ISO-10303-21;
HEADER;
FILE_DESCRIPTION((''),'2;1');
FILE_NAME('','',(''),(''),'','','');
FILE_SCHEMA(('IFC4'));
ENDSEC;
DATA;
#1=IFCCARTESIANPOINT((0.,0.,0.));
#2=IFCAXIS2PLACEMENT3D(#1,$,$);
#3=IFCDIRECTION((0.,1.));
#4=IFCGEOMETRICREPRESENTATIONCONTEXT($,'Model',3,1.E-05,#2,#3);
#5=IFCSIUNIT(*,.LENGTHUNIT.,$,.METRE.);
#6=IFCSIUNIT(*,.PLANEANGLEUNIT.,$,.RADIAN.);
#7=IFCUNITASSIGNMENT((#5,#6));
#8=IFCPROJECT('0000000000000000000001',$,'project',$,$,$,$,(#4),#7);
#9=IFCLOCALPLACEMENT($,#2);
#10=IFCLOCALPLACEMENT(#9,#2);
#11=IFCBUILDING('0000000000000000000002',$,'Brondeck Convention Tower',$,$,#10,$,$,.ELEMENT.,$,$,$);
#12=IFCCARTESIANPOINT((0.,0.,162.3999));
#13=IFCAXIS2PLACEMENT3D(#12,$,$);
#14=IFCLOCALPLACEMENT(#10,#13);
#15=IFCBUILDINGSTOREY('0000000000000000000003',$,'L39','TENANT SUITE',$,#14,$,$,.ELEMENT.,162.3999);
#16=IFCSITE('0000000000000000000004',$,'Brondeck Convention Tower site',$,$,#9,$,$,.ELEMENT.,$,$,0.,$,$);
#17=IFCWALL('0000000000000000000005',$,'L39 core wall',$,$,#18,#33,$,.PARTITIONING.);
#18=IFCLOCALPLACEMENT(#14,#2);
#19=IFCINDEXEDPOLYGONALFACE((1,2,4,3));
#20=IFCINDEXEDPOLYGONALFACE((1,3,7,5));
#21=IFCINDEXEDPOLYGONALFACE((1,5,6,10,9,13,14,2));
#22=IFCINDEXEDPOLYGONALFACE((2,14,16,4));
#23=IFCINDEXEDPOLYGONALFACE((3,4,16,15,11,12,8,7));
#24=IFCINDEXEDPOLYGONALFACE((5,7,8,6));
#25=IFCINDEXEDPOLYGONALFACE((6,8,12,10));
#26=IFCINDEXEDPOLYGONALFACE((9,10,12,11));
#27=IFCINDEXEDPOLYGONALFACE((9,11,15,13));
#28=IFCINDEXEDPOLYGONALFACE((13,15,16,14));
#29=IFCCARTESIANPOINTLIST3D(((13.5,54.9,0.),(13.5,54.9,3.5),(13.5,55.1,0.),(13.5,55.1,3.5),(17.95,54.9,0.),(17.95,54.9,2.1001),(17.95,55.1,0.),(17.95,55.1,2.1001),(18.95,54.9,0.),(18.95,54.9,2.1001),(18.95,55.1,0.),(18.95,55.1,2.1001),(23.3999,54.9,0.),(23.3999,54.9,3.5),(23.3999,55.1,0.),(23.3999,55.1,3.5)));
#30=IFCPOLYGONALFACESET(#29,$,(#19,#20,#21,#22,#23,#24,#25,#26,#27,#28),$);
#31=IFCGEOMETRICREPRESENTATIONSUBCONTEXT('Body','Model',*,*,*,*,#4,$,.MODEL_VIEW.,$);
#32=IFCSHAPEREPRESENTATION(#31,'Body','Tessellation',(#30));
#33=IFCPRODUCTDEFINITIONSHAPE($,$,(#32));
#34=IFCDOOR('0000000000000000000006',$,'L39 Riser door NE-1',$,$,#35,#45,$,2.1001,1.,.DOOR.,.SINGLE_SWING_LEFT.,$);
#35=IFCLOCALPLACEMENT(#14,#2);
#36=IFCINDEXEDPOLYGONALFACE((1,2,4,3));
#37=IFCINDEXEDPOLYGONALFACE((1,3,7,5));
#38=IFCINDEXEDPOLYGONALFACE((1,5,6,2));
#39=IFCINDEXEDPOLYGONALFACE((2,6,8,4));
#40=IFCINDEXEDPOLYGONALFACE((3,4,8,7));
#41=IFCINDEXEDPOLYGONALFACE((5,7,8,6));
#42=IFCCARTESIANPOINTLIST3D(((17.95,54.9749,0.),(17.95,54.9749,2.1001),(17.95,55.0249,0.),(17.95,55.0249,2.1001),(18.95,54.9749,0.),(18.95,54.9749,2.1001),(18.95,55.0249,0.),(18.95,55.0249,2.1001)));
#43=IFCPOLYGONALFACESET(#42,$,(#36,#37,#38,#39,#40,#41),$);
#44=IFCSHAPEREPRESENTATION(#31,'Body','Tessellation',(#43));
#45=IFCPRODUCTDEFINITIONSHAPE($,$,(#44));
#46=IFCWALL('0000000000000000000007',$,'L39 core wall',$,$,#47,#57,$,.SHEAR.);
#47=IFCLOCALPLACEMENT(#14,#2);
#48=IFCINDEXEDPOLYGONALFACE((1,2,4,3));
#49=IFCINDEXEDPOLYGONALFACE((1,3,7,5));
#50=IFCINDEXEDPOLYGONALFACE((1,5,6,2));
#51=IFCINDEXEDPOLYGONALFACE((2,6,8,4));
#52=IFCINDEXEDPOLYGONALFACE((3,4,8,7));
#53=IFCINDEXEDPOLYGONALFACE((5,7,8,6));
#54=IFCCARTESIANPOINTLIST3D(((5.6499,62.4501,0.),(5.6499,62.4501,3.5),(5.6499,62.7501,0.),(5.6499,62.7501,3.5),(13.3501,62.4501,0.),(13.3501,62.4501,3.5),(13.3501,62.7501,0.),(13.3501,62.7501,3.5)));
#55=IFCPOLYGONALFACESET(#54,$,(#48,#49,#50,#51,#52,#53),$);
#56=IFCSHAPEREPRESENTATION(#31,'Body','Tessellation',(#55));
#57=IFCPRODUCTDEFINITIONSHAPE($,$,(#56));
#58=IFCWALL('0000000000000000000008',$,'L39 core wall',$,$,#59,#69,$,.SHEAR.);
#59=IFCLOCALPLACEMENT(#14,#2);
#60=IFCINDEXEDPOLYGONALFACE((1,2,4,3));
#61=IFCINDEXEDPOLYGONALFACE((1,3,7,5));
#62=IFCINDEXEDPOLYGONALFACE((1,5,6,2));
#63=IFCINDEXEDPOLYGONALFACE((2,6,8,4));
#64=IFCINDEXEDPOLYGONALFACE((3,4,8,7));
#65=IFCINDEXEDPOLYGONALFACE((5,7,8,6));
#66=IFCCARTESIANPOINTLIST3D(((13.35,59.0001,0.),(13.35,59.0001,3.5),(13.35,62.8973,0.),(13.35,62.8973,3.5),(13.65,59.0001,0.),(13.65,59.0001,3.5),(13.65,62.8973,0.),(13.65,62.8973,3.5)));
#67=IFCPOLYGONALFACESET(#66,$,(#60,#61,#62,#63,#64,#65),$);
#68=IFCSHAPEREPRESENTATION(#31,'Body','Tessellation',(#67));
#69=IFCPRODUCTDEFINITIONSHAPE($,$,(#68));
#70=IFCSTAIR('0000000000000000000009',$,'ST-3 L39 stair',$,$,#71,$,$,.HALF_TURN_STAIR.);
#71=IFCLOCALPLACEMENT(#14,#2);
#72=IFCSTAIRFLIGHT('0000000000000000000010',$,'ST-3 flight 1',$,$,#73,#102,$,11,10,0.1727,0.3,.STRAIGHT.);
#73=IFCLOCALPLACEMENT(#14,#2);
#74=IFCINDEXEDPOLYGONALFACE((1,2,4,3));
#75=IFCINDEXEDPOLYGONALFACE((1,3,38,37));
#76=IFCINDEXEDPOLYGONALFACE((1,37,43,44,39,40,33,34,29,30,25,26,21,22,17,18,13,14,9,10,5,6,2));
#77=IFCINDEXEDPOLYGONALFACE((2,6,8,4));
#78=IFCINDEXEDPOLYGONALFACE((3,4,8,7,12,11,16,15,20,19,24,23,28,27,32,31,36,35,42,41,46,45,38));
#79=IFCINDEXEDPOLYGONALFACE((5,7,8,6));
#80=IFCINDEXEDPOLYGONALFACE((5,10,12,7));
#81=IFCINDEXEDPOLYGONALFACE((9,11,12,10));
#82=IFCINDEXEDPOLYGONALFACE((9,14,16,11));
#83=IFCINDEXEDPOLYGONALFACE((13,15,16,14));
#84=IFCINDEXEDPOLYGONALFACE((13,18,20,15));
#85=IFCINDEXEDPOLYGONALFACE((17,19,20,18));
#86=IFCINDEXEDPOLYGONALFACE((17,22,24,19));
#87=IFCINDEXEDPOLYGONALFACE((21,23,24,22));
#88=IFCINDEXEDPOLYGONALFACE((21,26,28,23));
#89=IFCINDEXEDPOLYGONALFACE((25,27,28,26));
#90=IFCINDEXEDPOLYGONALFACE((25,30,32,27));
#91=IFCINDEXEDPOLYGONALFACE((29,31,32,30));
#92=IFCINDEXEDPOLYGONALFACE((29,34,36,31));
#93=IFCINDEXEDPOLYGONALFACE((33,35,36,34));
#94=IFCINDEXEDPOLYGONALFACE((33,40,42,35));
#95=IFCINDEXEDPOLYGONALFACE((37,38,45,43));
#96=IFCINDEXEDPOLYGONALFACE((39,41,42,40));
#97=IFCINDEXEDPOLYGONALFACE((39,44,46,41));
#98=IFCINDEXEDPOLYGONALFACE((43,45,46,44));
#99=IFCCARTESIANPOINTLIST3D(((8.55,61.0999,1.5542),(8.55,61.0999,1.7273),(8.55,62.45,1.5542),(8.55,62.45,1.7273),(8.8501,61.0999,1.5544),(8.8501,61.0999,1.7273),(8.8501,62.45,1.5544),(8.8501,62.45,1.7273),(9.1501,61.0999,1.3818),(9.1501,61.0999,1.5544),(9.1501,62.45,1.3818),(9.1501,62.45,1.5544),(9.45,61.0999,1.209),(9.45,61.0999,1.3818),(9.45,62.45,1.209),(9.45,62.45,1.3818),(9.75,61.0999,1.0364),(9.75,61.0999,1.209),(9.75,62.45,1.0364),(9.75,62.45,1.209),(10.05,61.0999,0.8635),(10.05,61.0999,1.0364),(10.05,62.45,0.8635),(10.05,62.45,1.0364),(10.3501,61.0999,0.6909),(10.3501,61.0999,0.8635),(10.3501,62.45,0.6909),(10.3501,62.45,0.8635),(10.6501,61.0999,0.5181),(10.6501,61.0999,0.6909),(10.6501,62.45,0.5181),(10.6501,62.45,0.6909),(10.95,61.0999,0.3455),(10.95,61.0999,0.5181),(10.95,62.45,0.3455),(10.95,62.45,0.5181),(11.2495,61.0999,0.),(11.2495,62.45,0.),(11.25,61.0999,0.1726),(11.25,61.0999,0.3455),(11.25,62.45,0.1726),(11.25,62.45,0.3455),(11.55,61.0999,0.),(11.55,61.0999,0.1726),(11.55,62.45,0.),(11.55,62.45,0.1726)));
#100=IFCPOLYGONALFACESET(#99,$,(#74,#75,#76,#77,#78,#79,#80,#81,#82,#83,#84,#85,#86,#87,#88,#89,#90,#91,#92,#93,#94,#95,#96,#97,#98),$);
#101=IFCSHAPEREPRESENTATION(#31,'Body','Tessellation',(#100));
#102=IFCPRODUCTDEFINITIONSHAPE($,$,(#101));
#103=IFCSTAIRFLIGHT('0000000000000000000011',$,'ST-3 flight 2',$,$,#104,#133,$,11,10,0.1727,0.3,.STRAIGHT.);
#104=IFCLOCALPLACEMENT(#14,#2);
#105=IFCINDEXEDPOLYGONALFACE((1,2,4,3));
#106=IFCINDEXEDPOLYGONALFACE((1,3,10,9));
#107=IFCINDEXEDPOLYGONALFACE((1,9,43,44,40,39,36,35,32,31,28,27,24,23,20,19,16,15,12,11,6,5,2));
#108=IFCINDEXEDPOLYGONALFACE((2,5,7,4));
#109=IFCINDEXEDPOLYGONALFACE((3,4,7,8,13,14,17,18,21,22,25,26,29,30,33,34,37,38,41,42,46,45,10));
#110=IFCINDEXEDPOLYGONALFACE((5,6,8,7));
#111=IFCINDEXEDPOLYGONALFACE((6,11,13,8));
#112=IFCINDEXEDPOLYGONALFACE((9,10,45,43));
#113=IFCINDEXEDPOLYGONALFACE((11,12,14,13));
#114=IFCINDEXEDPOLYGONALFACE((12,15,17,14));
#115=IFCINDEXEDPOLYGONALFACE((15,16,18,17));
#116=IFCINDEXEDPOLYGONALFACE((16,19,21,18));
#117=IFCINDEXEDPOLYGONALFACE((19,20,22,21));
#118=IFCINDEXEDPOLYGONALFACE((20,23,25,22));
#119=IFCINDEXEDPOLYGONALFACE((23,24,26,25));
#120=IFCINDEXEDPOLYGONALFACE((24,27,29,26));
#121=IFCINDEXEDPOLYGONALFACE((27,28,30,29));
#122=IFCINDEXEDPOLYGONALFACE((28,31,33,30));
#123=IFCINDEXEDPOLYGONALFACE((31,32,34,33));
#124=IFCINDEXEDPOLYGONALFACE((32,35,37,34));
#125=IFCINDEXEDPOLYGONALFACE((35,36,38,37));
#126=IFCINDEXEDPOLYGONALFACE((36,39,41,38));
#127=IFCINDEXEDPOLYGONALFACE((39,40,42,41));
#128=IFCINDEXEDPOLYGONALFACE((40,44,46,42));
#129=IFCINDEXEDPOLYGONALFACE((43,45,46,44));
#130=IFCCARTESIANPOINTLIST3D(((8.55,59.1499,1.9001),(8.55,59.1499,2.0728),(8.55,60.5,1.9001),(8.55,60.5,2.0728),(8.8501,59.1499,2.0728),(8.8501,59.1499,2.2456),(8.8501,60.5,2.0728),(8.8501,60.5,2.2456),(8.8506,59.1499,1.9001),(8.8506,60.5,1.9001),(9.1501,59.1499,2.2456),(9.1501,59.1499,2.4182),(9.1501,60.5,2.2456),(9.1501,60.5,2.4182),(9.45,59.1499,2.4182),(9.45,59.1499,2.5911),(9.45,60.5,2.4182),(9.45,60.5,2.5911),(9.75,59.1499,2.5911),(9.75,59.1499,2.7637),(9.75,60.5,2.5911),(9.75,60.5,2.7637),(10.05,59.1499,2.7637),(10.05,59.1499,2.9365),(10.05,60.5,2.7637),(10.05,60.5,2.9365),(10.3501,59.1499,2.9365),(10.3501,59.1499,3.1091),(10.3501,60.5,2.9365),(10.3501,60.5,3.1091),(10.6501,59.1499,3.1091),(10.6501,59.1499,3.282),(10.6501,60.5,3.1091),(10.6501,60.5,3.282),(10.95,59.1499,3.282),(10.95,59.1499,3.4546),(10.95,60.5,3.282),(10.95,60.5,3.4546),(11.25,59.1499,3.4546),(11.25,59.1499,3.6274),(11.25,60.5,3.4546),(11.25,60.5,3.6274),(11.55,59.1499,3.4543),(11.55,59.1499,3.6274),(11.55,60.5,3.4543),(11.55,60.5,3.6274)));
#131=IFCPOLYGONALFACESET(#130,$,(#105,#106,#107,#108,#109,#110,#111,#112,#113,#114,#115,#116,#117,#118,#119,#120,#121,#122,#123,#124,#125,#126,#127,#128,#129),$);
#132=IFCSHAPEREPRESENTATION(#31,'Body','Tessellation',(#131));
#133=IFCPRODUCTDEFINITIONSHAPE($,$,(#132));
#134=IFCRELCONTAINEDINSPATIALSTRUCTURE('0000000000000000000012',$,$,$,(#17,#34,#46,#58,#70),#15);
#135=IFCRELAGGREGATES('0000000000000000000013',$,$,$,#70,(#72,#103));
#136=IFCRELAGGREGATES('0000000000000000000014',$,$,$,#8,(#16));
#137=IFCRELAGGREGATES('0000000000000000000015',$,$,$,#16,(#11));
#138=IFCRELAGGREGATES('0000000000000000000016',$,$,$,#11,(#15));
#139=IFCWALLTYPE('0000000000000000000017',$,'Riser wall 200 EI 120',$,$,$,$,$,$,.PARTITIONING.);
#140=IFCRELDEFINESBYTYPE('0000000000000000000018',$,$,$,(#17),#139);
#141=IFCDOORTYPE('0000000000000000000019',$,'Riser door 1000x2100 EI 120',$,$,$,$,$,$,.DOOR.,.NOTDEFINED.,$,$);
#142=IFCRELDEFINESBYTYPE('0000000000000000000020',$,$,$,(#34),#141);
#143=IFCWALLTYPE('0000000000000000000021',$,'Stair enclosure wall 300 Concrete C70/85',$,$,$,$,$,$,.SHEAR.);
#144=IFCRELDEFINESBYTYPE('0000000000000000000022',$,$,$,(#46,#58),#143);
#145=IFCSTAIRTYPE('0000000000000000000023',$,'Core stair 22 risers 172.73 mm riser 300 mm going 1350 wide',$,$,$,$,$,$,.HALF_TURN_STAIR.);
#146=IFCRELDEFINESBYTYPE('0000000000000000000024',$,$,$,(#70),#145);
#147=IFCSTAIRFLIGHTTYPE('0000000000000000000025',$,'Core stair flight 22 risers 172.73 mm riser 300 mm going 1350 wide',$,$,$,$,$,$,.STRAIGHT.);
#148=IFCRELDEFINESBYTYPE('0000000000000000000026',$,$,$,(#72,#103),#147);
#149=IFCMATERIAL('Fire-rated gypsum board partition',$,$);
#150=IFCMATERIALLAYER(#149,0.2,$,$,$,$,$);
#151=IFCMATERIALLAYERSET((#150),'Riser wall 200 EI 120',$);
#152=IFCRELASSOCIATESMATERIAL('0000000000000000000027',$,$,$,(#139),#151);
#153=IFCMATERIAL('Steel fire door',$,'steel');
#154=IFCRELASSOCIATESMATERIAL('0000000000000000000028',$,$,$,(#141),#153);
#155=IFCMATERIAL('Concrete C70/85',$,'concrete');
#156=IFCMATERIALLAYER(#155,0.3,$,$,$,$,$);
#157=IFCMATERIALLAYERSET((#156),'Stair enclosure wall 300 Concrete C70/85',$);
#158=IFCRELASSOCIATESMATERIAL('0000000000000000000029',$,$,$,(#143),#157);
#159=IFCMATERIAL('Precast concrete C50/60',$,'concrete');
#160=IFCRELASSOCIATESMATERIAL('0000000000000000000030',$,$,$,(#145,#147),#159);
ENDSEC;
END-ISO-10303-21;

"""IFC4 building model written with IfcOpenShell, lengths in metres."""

from ifc_helpers import new_model, si_unit, direction, frame, frame_2d, origin, place, context, subcontext, project, spatial, polyline, rectangle, outline, extrude, material, layer, layer_set, type_object, element, fill, aggregate, save


model = new_model("IFC4")

# Units and contexts
model_context = context("Model", 3, precision=1e-05, world=origin(), true_north=direction((0.0, 1.0)))
body_context = subcontext(model_context, "Body", "Model", "MODEL_VIEW")
ifc_project = project(units=[si_unit("LENGTHUNIT", "METRE"), si_unit("PLANEANGLEUNIT", "RADIAN")], contexts=[model_context])

# Site, building, storey
site_placement = place(None, origin())
site = spatial("IfcSite", under=ifc_project, at=site_placement, Name="Brondeck Convention Tower site", CompositionType="ELEMENT", RefElevation=0.0)
building_placement = place(site_placement, origin())
building = spatial("IfcBuilding", under=site, at=building_placement, Name="Brondeck Convention Tower", CompositionType="ELEMENT")
storey_placement = place(building_placement, frame((0.0, 0.0, 162.3999)))
storey = spatial("IfcBuildingStorey", under=building, at=storey_placement, Name="L39", Description="TENANT SUITE", CompositionType="ELEMENT", Elevation=162.3999)

# Shared definitions
ifc_material_1 = material(Name="Concrete C70/85", Category="concrete")

# Shared definitions
ifc_material_2 = material(Name="Fire-rated gypsum board partition")

# Shared definitions
ifc_material_3 = material(Name="Steel fire door", Category="steel")

# Wall, opening, door
ifc_layer_1 = layer(ifc_material_2, 0.2)
ifc_layer_set_1 = layer_set([ifc_layer_1], Name="Riser wall 200 EI 120")
wall_type_1 = type_object("IfcWallType", Name="Riser wall 200 EI 120", PredefinedType="PARTITIONING", material=ifc_layer_set_1)
wall_1_placement = place(storey_placement, frame((13.5, 55.0, 0.0), z_axis=(0.0, 0.0, 1.0), x_axis=(1.0, 0.0, 0.0)))
wall_1 = element("IfcWall", 1, at=wall_1_placement, inside=storey, type_object=wall_type_1, Name="L39 core wall", PredefinedType="PARTITIONING", context=body_context, shape_type="SweptSolid", body=[
    extrude(rectangle(XDim=9.8999, YDim=0.2, at=frame_2d((4.95, 0.0))), origin(), (0.0, 0.0, 1.0), 3.5),
])
opening_1_placement = place(wall_1_placement, frame((4.45, 0.0, 0.0)))
opening_1 = element("IfcOpeningElement", 2, at=opening_1_placement, cuts=wall_1, PredefinedType="OPENING", context=body_context, shape_type="SweptSolid", body=[
    extrude(rectangle(XDim=1.0, YDim=2.1001, at=frame_2d((0.5, 1.05))), frame((0.0, 0.1099, 0.0), z_axis=(0.0, -1.0, 0.0), x_axis=(1.0, 0.0, 0.0)), (0.0, 0.0, 1.0), 0.22),
])
door_type_1 = type_object("IfcDoorType", Name="Riser door 1000x2100 EI 120", OperationType="NOTDEFINED", PredefinedType="DOOR", material=ifc_material_3)
door_1_placement = place(opening_1_placement, origin())
door_1 = element("IfcDoor", 3, at=door_1_placement, inside=storey, type_object=door_type_1, Name="L39 Riser door NE-1", OperationType="SINGLE_SWING_LEFT", OverallHeight=2.1001, OverallWidth=1.0, PredefinedType="DOOR", context=body_context, shape_type="SweptSolid", body=[
    extrude(rectangle(XDim=1.0, YDim=2.1001, at=frame_2d((0.5, 1.05))), frame((0.0, 0.0249, 0.0), z_axis=(0.0, -1.0, 0.0), x_axis=(1.0, 0.0, 0.0)), (0.0, 0.0, 1.0), 0.05),
])
fill(opening_1, door_1)

# Walls
ifc_layer_2 = layer(ifc_material_1, 0.3)
ifc_layer_set_2 = layer_set([ifc_layer_2], Name="Stair enclosure wall 300 Concrete C70/85")
wall_type_2 = type_object("IfcWallType", Name="Stair enclosure wall 300 Concrete C70/85", PredefinedType="SHEAR", material=ifc_layer_set_2)
wall_2_placement = place(storey_placement, frame((5.6499, 62.6001, 0.0), z_axis=(0.0, 0.0, 1.0), x_axis=(1.0, 0.0, 0.0)))
element("IfcWall", 4, at=wall_2_placement, inside=storey, type_object=wall_type_2, Name="L39 core wall", PredefinedType="SHEAR", context=body_context, shape_type="SweptSolid", body=[
    extrude(rectangle(XDim=7.7002, YDim=0.3, at=frame_2d((3.8501, 0.0))), origin(), (0.0, 0.0, 1.0), 3.5),
])
wall_3_placement = place(storey_placement, frame((13.5, 59.0, 0.0), z_axis=(0.0, 0.0, 1.0), x_axis=(0.0, 1.0, 0.0)))
element("IfcWall", 5, at=wall_3_placement, inside=storey, type_object=wall_type_2, Name="L39 core wall", PredefinedType="SHEAR", context=body_context, shape_type="SweptSolid", body=[
    extrude(rectangle(XDim=3.8972, YDim=0.3, at=frame_2d((1.9487, 0.0))), origin(), (0.0, 0.0, 1.0), 3.5),
])

# Stair, stair flights
ifc_material_4 = material(Name="Precast concrete C50/60", Category="concrete")
stair_type = type_object("IfcStairType", Name="Core stair 22 risers 172.73 mm riser 300 mm going 1350 wide", PredefinedType="HALF_TURN_STAIR", material=ifc_material_4)
stair_placement = place(storey_placement, origin())
stair = element("IfcStair", 6, at=stair_placement, inside=storey, type_object=stair_type, Name="ST-3 L39 stair", PredefinedType="HALF_TURN_STAIR")
stair_flight_type = type_object("IfcStairFlightType", Name="Core stair flight 22 risers 172.73 mm riser 300 mm going 1350 wide", PredefinedType="STRAIGHT", material=ifc_material_4)
stair_flight_1_placement = place(storey_placement, frame((11.55, 61.7749, 0.0), z_axis=(0.0, 0.0, 1.0), x_axis=(-1.0, 0.0, 0.0)))
stair_flight_1 = element("IfcStairFlight", 7, at=stair_flight_1_placement, type_object=stair_flight_type, Name="ST-3 flight 1", NumberOfRisers=11, NumberOfTreads=10, PredefinedType="STRAIGHT", RiserHeight=0.1727, TreadLength=0.3, context=body_context, shape_type="SweptSolid", body=[
    extrude(outline(polyline([(0.0, 0.0), (0.0, 0.1726), (0.3, 0.1726), (0.3, 0.3455), (0.6001, 0.3455), (0.6001, 0.5181), (0.8999, 0.5181), (0.8999, 0.6909), (1.2, 0.6909), (1.2, 0.8635), (1.5, 0.8635), (1.5, 1.0364), (1.8, 1.0364), (1.8, 1.209), (2.1001, 1.209), (2.1001, 1.3818), (2.3999, 1.3818), (2.3999, 1.5544), (2.7, 1.5544), (2.7, 1.7273), (3.0, 1.7273), (3.0, 1.8999), (3.0, 1.5542), (0.3005, 0.0), (0.0, 0.0)])), frame((0.0, 0.675, 0.0), z_axis=(0.0, -1.0, 0.0), x_axis=(1.0, 0.0, 0.0)), (0.0, 0.0, 1.0), 1.3501),
])
stair_flight_2_placement = place(storey_placement, frame((8.55, 59.825, 1.9001), z_axis=(0.0, 0.0, 1.0), x_axis=(1.0, 0.0, 0.0)))
stair_flight_2 = element("IfcStairFlight", 8, at=stair_flight_2_placement, type_object=stair_flight_type, Name="ST-3 flight 2", NumberOfRisers=11, NumberOfTreads=10, PredefinedType="STRAIGHT", RiserHeight=0.1727, TreadLength=0.3, context=body_context, shape_type="SweptSolid", body=[
    extrude(outline(polyline([(0.0, 0.0), (0.0, 0.1726), (0.3, 0.1726), (0.3, 0.3455), (0.6001, 0.3455), (0.6001, 0.5181), (0.8999, 0.5181), (0.8999, 0.6909), (1.2, 0.6909), (1.2, 0.8635), (1.5, 0.8635), (1.5, 1.0364), (1.8, 1.0364), (1.8, 1.209), (2.1001, 1.209), (2.1001, 1.3818), (2.3999, 1.3818), (2.3999, 1.5544), (2.7, 1.5544), (2.7, 1.7273), (3.0, 1.7273), (3.0, 1.8999), (3.0, 1.5542), (0.3005, 0.0), (0.0, 0.0)])), frame((0.0, 0.675, 0.0), z_axis=(0.0, -1.0, 0.0), x_axis=(1.0, 0.0, 0.0)), (0.0, 0.0, 1.0), 1.3501),
])
aggregate(stair, [stair_flight_1, stair_flight_2])

save(model, "model.ifc")
